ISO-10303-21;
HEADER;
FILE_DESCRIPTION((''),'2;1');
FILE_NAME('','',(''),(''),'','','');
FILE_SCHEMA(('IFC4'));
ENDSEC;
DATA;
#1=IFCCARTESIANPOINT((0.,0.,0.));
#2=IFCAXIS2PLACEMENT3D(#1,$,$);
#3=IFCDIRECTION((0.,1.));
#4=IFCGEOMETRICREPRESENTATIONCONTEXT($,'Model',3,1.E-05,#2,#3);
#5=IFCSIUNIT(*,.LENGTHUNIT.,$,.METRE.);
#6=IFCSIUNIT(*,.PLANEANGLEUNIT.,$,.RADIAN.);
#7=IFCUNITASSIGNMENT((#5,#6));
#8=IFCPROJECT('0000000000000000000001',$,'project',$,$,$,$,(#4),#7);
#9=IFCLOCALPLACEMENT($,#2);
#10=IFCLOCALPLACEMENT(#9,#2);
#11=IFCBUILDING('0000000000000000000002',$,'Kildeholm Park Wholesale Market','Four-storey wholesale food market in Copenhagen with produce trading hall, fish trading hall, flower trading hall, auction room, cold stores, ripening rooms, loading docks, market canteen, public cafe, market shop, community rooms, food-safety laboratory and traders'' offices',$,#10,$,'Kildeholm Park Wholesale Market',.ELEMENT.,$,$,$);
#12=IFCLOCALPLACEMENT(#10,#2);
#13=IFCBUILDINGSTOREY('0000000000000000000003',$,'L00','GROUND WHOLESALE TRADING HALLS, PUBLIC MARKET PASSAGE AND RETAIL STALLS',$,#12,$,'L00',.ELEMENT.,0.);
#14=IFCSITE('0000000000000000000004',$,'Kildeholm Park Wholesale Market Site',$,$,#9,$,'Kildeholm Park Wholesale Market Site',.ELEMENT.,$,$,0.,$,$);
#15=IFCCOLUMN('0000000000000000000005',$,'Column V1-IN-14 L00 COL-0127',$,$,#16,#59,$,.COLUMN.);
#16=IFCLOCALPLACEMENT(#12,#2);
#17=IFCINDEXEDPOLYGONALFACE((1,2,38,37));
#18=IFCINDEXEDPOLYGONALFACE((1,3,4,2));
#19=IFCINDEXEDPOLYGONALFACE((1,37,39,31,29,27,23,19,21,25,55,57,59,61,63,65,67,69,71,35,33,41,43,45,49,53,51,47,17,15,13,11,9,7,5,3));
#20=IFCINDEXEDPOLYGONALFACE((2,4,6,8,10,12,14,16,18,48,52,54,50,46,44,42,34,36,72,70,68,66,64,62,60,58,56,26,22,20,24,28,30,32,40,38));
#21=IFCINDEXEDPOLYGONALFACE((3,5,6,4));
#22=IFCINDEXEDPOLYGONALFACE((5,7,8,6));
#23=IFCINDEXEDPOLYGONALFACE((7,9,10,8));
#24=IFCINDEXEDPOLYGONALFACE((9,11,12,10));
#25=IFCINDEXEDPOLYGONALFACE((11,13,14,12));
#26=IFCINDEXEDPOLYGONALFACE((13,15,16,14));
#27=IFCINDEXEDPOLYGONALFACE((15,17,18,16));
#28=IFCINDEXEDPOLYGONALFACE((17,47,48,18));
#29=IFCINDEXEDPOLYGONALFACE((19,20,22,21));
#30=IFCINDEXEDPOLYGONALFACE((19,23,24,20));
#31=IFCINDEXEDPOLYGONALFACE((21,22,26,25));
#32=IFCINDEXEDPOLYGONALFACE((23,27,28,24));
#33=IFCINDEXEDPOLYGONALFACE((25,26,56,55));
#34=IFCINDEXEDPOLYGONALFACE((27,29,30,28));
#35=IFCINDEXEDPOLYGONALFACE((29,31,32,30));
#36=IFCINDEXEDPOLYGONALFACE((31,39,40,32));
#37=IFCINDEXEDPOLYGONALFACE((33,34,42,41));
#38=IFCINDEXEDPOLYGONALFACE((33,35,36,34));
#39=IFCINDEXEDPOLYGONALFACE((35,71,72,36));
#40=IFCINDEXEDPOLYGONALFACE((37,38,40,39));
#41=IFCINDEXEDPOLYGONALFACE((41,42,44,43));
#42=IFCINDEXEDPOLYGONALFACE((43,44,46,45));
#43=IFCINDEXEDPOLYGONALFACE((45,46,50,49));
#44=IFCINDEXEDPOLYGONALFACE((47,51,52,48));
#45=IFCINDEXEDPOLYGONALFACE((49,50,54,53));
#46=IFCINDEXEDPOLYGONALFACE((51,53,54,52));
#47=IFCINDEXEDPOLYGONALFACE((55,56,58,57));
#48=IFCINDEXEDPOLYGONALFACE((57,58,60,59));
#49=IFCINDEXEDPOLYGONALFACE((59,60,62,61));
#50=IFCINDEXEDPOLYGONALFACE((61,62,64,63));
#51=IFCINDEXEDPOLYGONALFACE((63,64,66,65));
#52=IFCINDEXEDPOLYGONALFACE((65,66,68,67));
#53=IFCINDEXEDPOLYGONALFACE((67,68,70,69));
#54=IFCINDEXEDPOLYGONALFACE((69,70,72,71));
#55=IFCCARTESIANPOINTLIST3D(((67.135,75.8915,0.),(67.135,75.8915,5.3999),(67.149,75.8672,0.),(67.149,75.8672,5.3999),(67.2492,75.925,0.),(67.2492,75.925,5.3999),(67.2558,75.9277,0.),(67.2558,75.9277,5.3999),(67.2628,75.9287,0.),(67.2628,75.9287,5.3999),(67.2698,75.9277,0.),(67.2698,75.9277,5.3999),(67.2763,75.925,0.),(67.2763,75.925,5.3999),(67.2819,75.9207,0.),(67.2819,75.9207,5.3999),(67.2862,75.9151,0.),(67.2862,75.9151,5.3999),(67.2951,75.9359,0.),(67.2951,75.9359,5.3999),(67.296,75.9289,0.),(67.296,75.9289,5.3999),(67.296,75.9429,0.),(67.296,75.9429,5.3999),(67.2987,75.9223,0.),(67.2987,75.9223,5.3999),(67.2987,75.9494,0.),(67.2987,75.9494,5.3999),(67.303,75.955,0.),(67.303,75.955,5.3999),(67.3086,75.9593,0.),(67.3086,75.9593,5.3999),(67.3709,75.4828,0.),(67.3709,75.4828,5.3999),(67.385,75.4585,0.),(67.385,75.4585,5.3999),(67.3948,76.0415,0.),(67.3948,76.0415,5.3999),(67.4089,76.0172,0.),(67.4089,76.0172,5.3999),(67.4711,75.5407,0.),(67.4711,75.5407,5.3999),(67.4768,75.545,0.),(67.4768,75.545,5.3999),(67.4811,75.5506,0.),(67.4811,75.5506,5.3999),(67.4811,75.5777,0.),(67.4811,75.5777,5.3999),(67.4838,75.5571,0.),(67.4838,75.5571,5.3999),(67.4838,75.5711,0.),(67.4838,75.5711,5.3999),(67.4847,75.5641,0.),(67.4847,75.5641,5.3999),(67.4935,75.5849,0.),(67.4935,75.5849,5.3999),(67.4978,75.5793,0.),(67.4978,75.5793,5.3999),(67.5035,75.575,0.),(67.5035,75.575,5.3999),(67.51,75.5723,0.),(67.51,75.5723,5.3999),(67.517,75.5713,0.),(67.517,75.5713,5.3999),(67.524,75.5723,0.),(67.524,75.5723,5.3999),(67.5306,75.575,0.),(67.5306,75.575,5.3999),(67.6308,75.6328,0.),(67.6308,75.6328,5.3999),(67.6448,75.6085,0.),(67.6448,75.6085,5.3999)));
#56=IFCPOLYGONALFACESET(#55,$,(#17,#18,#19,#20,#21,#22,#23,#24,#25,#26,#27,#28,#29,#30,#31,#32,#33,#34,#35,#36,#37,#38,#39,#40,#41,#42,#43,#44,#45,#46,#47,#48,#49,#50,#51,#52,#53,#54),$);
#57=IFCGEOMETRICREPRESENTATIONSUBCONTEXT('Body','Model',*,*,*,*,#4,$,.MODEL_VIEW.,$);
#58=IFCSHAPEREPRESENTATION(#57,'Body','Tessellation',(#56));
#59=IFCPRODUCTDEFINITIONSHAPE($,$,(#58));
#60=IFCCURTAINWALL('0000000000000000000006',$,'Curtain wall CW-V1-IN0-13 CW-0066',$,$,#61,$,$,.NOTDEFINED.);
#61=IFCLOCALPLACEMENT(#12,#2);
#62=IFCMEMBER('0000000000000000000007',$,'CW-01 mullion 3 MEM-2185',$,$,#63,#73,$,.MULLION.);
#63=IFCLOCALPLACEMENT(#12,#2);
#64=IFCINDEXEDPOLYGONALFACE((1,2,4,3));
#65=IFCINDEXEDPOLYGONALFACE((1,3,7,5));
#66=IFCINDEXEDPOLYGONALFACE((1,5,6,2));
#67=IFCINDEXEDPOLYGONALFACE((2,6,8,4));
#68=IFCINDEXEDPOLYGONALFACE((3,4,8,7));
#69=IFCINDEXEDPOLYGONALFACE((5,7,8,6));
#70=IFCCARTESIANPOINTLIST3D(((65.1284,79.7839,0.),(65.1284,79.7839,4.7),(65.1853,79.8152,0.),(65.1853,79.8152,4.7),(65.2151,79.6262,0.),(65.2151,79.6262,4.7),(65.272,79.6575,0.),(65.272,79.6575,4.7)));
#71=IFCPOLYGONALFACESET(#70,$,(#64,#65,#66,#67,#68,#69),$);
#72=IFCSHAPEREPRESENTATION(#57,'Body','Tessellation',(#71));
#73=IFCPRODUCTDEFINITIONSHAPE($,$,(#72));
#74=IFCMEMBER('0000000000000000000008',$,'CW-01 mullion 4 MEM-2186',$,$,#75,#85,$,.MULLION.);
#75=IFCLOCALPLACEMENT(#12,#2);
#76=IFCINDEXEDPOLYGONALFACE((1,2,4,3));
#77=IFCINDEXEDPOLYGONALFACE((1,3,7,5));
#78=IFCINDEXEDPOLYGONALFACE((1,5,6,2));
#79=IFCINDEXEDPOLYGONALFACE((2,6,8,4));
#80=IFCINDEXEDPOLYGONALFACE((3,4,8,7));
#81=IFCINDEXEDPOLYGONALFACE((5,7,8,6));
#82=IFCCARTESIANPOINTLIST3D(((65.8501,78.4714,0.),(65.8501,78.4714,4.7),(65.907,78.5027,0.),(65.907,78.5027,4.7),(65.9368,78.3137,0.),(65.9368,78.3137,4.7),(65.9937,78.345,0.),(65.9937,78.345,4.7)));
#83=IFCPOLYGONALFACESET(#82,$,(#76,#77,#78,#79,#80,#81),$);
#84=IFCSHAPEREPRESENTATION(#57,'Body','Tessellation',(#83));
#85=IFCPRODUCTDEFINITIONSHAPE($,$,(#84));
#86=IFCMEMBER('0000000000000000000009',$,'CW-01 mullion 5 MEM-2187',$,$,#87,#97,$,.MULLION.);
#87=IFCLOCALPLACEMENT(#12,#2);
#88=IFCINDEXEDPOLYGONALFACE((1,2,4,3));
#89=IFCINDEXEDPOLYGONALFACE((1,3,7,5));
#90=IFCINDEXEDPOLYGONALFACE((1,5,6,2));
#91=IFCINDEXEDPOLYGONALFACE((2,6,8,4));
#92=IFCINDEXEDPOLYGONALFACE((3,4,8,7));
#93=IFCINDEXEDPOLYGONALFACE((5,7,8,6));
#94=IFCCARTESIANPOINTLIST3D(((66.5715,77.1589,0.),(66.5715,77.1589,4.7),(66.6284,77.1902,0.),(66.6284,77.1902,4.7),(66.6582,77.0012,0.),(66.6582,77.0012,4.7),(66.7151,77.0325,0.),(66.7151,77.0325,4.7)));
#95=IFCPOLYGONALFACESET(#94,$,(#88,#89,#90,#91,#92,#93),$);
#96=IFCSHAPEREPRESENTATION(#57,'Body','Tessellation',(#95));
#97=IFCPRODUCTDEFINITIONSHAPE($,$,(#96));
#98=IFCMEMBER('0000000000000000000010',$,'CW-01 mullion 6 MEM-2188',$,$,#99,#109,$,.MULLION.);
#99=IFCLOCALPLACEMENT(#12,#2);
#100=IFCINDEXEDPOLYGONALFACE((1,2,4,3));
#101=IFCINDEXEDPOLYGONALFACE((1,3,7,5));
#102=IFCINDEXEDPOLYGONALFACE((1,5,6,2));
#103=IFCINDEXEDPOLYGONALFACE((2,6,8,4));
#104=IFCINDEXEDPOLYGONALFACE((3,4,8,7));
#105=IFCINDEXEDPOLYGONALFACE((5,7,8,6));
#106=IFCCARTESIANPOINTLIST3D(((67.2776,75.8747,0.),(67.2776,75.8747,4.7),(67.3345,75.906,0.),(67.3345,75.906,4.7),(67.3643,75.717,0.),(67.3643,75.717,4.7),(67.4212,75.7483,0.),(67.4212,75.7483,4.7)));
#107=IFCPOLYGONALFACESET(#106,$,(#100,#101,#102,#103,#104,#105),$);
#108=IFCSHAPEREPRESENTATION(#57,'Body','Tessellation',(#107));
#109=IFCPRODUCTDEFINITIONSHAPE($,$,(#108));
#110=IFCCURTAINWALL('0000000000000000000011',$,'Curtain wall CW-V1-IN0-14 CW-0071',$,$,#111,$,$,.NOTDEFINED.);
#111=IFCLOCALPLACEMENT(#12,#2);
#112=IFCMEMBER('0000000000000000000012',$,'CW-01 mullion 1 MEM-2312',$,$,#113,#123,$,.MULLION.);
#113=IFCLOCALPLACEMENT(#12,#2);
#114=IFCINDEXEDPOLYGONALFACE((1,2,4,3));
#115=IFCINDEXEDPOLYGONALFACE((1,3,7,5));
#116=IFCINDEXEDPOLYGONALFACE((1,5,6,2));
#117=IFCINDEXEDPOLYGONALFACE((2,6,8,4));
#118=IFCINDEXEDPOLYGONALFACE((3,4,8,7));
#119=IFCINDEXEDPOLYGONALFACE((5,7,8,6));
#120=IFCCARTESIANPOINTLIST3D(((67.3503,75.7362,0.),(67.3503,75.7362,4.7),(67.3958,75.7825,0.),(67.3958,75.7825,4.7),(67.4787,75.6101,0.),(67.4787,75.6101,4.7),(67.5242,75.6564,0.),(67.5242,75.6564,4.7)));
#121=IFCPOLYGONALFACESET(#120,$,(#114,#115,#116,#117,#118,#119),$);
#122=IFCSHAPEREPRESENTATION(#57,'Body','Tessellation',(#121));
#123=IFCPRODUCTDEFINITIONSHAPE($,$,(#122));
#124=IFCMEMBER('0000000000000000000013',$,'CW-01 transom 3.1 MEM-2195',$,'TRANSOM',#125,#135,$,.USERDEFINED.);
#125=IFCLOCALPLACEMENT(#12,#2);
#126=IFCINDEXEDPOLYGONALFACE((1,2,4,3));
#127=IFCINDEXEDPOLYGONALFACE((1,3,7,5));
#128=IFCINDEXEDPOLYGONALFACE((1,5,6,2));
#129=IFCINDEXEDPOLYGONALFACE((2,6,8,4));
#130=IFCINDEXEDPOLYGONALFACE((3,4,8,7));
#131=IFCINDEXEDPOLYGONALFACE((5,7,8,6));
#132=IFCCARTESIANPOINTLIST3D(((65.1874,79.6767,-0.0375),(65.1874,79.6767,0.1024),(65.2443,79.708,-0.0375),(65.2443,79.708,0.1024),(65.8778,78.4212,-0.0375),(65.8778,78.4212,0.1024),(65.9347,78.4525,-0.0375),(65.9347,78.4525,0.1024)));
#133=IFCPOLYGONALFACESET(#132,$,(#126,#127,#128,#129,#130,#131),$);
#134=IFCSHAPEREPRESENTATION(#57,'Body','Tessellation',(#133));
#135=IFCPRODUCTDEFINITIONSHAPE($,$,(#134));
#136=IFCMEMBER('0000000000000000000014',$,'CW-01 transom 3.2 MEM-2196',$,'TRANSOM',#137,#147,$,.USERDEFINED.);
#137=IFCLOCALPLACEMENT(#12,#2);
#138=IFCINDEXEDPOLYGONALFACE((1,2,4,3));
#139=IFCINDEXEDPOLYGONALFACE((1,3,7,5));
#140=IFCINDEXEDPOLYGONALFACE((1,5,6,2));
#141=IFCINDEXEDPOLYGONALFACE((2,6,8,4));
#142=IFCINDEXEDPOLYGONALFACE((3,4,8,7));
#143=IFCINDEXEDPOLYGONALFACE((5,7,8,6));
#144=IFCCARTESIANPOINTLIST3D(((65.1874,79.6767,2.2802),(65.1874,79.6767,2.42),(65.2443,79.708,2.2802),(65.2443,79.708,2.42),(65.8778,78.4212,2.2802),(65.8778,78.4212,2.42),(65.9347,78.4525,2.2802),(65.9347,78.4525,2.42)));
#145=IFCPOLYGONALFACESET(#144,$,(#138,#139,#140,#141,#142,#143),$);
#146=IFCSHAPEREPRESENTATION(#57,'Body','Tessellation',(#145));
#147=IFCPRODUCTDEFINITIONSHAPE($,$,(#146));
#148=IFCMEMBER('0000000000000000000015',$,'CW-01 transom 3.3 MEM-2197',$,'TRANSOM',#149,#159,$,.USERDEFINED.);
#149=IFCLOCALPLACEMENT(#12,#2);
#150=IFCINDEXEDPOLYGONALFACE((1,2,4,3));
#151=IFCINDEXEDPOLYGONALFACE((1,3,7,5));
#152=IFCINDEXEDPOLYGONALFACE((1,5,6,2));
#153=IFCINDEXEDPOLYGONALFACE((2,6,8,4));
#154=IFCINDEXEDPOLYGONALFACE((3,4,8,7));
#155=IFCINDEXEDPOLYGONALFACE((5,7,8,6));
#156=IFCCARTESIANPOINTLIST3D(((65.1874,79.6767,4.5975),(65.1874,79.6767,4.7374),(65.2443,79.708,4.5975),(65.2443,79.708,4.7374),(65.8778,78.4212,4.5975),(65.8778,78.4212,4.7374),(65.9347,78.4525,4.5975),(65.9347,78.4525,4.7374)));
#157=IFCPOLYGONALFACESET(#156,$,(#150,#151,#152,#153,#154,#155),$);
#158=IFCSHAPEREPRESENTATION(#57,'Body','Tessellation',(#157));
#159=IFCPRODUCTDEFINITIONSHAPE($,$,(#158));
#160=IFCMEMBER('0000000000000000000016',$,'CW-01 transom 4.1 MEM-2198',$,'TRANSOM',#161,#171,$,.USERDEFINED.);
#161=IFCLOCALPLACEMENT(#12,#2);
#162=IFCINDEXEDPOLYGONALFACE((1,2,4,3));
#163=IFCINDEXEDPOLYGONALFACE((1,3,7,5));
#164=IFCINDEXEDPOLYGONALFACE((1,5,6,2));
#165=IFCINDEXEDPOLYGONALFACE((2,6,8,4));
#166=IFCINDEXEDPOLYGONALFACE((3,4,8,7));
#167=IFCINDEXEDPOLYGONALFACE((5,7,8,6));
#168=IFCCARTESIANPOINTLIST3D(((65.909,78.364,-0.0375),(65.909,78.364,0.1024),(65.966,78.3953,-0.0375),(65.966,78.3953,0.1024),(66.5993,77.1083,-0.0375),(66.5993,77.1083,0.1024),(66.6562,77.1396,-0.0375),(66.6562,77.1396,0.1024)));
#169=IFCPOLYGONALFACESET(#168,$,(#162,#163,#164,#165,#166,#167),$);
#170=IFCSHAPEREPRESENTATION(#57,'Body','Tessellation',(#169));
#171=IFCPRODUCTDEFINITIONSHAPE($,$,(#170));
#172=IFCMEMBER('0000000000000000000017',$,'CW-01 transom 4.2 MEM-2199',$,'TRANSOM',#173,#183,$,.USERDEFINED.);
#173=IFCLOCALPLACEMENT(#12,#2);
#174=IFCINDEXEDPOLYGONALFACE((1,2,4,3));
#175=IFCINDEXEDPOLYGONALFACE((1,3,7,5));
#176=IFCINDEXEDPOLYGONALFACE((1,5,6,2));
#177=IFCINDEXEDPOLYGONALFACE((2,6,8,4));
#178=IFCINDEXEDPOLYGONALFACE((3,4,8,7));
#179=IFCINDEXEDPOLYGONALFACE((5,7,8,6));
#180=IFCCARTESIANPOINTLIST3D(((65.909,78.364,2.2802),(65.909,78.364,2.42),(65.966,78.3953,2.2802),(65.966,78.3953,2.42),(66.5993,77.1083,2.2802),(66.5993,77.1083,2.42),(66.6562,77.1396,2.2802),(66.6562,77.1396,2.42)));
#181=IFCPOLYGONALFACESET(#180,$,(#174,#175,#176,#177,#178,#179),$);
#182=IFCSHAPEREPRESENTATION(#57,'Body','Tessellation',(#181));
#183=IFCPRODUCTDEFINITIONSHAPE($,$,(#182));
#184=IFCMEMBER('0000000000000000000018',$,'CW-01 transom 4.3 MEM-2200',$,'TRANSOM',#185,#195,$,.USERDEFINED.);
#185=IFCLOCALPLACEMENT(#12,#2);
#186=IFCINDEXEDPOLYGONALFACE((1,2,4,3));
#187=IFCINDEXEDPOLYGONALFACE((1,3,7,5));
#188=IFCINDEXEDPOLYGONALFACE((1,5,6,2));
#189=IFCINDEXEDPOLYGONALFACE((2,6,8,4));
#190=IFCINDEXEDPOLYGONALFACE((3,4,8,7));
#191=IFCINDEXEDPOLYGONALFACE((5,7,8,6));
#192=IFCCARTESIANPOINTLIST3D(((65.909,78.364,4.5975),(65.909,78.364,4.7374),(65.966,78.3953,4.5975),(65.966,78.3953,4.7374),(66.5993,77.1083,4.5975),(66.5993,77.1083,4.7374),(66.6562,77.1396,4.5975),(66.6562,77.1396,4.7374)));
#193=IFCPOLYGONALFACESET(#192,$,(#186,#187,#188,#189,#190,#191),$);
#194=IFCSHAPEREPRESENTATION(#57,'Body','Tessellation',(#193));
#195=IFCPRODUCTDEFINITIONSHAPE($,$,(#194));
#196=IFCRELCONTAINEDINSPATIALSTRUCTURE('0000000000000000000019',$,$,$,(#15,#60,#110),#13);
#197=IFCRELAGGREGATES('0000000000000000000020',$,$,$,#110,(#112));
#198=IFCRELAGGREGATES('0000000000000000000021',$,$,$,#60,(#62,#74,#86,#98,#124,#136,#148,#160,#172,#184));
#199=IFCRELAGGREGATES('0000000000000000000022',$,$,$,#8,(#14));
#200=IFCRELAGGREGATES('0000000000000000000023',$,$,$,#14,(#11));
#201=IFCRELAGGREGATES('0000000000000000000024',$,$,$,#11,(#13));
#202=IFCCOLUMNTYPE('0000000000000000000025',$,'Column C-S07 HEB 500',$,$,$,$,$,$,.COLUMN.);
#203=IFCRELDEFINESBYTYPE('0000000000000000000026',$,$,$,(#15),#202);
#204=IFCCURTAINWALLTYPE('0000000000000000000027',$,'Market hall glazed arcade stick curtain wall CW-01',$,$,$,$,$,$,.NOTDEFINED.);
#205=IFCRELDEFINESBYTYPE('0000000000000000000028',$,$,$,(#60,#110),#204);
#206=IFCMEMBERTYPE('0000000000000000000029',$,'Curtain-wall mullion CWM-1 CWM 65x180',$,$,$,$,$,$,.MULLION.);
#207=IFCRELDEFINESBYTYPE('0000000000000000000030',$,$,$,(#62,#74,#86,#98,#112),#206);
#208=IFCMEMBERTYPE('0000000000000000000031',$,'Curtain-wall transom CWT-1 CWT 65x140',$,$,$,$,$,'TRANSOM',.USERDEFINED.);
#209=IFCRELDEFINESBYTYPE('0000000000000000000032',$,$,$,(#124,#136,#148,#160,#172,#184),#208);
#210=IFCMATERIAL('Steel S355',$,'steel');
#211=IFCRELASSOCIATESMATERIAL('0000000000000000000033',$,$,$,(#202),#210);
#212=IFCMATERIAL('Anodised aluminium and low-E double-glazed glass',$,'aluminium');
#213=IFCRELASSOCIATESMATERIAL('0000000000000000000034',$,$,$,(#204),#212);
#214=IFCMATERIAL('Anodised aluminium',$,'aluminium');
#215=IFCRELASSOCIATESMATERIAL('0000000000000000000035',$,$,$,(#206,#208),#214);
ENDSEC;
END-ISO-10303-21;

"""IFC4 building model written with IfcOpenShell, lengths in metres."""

from ifc_helpers import new_model, si_unit, direction, frame, origin, origin_2d, place, context, subcontext, project, spatial, rectangle, i_section, extrude, material, material_profile, profile_set, type_object, element, aggregate, save


model = new_model("IFC4")

# Units and contexts
model_context = context("Model", 3, precision=1e-05, world=origin(), true_north=direction((0.0, 1.0)))
body_context = subcontext(model_context, "Body", "Model", "MODEL_VIEW")
ifc_project = project(units=[si_unit("LENGTHUNIT", "METRE"), si_unit("PLANEANGLEUNIT", "RADIAN")], contexts=[model_context])

# Site, building, storey
site_placement = place(None, origin())
site = spatial("IfcSite", under=ifc_project, at=site_placement, Name="Kildeholm Park Wholesale Market Site", LongName="Kildeholm Park Wholesale Market Site", CompositionType="ELEMENT", RefElevation=0.0)
building_placement = place(site_placement, origin())
building = spatial("IfcBuilding", under=site, at=building_placement, Name="Kildeholm Park Wholesale Market", Description="Four-storey wholesale food market in Copenhagen with produce trading hall, fish trading hall, flower trading hall, auction room, cold stores, ripening rooms, loading docks, market canteen, public cafe, market shop, community rooms, food-safety laboratory and traders' offices", LongName="Kildeholm Park Wholesale Market", CompositionType="ELEMENT")
storey_placement = place(building_placement, origin())
storey = spatial("IfcBuildingStorey", under=building, at=storey_placement, Name="L00", Description="GROUND WHOLESALE TRADING HALLS, PUBLIC MARKET PASSAGE AND RETAIL STALLS", LongName="L00", CompositionType="ELEMENT", Elevation=0.0)

# Column
ifc_material_1 = material(Name="Steel S355", Category="steel")
ifc_material_profile_1 = material_profile(ifc_material_1, i_section(OverallWidth=0.3, OverallDepth=0.5, WebThickness=0.0144, FlangeThickness=0.0281, FilletRadius=0.0271, at=origin_2d()), Name="HEB 500")
ifc_profile_set_1 = profile_set([ifc_material_profile_1], Name="Steel S355")
column_type = type_object("IfcColumnType", Name="Column C-S07 HEB 500", PredefinedType="COLUMN", material=ifc_profile_set_1)
column_placement = place(storey_placement, frame((67.3899, 75.75, 0.0), z_axis=(0.0, 0.0, 1.0), x_axis=(-0.866025, -0.5, 0.0)))
element("IfcColumn", 1, at=column_placement, inside=storey, type_object=column_type, Name="Column V1-IN-14 L00 COL-0127", PredefinedType="COLUMN", context=body_context, shape_type="SweptSolid", body=[
    extrude(i_section(OverallWidth=0.3, OverallDepth=0.5, WebThickness=0.0144, FlangeThickness=0.0281, FilletRadius=0.0271, at=origin_2d()), origin(), (0.0, 0.0, 1.0), 5.3999),
])

# Curtain wall, members
ifc_material_2 = material(Name="Anodised aluminium and low-E double-glazed glass", Category="aluminium")
curtain_wall_type = type_object("IfcCurtainWallType", Name="Market hall glazed arcade stick curtain wall CW-01", PredefinedType="NOTDEFINED", material=ifc_material_2)
curtain_wall_1_placement = place(storey_placement, origin())
curtain_wall_1 = element("IfcCurtainWall", 2, at=curtain_wall_1_placement, inside=storey, type_object=curtain_wall_type, Name="Curtain wall CW-V1-IN0-13 CW-0066", PredefinedType="NOTDEFINED")
ifc_material_3 = material(Name="Anodised aluminium", Category="aluminium")
ifc_material_profile_2 = material_profile(ifc_material_3, rectangle(XDim=0.0649, YDim=0.1799, at=origin_2d()), Name="CWM 65x180")
ifc_profile_set_2 = profile_set([ifc_material_profile_2], Name="Anodised aluminium")
member_type_1 = type_object("IfcMemberType", Name="Curtain-wall mullion CWM-1 CWM 65x180", PredefinedType="MULLION", material=ifc_profile_set_2)
member_1_placement = place(storey_placement, frame((65.2002, 79.7207, 0.0), z_axis=(0.0, 0.0, 1.0), x_axis=(0.876309, 0.48175, 0.0)))
member_1 = element("IfcMember", 3, at=member_1_placement, type_object=member_type_1, Name="CW-01 mullion 3 MEM-2185", PredefinedType="MULLION", context=body_context, shape_type="SweptSolid", body=[
    extrude(rectangle(XDim=0.0649, YDim=0.1799, at=origin_2d()), origin(), (0.0, 0.0, 1.0), 4.7),
])
member_2_placement = place(storey_placement, frame((65.9219, 78.4082, 0.0), z_axis=(0.0, 0.0, 1.0), x_axis=(0.876309, 0.48175, 0.0)))
member_2 = element("IfcMember", 4, at=member_2_placement, type_object=member_type_1, Name="CW-01 mullion 4 MEM-2186", PredefinedType="MULLION", context=body_context, shape_type="SweptSolid", body=[
    extrude(rectangle(XDim=0.0649, YDim=0.1799, at=origin_2d()), origin(), (0.0, 0.0, 1.0), 4.7),
])
member_3_placement = place(storey_placement, frame((66.6433, 77.0957, 0.0), z_axis=(0.0, 0.0, 1.0), x_axis=(0.876309, 0.48175, 0.0)))
member_3 = element("IfcMember", 5, at=member_3_placement, type_object=member_type_1, Name="CW-01 mullion 5 MEM-2187", PredefinedType="MULLION", context=body_context, shape_type="SweptSolid", body=[
    extrude(rectangle(XDim=0.0649, YDim=0.1799, at=origin_2d()), origin(), (0.0, 0.0, 1.0), 4.7),
])
member_4_placement = place(storey_placement, frame((67.3494, 75.8115, 0.0), z_axis=(0.0, 0.0, 1.0), x_axis=(0.876309, 0.48175, 0.0)))
member_4 = element("IfcMember", 6, at=member_4_placement, type_object=member_type_1, Name="CW-01 mullion 6 MEM-2188", PredefinedType="MULLION", context=body_context, shape_type="SweptSolid", body=[
    extrude(rectangle(XDim=0.0649, YDim=0.1799, at=origin_2d()), origin(), (0.0, 0.0, 1.0), 4.7),
])

# Curtain wall, member
curtain_wall_2_placement = place(storey_placement, origin())
curtain_wall_2 = element("IfcCurtainWall", 7, at=curtain_wall_2_placement, inside=storey, type_object=curtain_wall_type, Name="Curtain wall CW-V1-IN0-14 CW-0071", PredefinedType="NOTDEFINED")
member_5_placement = place(storey_placement, frame((67.4373, 75.6963, 0.0), z_axis=(0.0, 0.0, 1.0), x_axis=(0.700617, 0.713538, 0.0)))
member_5 = element("IfcMember", 8, at=member_5_placement, type_object=member_type_1, Name="CW-01 mullion 1 MEM-2312", PredefinedType="MULLION", context=body_context, shape_type="SweptSolid", body=[
    extrude(rectangle(XDim=0.0649, YDim=0.1799, at=origin_2d()), origin(), (0.0, 0.0, 1.0), 4.7),
])

# Members
ifc_material_profile_3 = material_profile(ifc_material_3, rectangle(XDim=0.0649, YDim=0.1399, at=origin_2d()), Name="CWT 65x140")
ifc_profile_set_3 = profile_set([ifc_material_profile_3], Name="Anodised aluminium")
member_type_2 = type_object("IfcMemberType", Name="Curtain-wall transom CWT-1 CWT 65x140", ElementType="TRANSOM", PredefinedType="USERDEFINED", material=ifc_profile_set_3)
member_6_placement = place(storey_placement, frame((65.2158, 79.6924, 0.0325), z_axis=(0.481834, -0.876263, 0.0), x_axis=(0.876263, 0.481834, 0.0)))
member_6 = element("IfcMember", 9, at=member_6_placement, type_object=member_type_2, Name="CW-01 transom 3.1 MEM-2195", ObjectType="TRANSOM", PredefinedType="USERDEFINED", context=body_context, shape_type="SweptSolid", body=[
    extrude(rectangle(XDim=0.0649, YDim=0.1399, at=origin_2d()), origin(), (0.0, 0.0, 1.0), 1.4329),
])
member_7_placement = place(storey_placement, frame((65.2158, 79.6924, 2.3501), z_axis=(0.481834, -0.876263, 0.0), x_axis=(0.876263, 0.481834, 0.0)))
member_7 = element("IfcMember", 10, at=member_7_placement, type_object=member_type_2, Name="CW-01 transom 3.2 MEM-2196", ObjectType="TRANSOM", PredefinedType="USERDEFINED", context=body_context, shape_type="SweptSolid", body=[
    extrude(rectangle(XDim=0.0649, YDim=0.1399, at=origin_2d()), origin(), (0.0, 0.0, 1.0), 1.4329),
])
member_8_placement = place(storey_placement, frame((65.2158, 79.6924, 4.6675), z_axis=(0.481834, -0.876263, 0.0), x_axis=(0.876263, 0.481834, 0.0)))
member_8 = element("IfcMember", 11, at=member_8_placement, type_object=member_type_2, Name="CW-01 transom 3.3 MEM-2197", ObjectType="TRANSOM", PredefinedType="USERDEFINED", context=body_context, shape_type="SweptSolid", body=[
    extrude(rectangle(XDim=0.0649, YDim=0.1399, at=origin_2d()), origin(), (0.0, 0.0, 1.0), 1.4329),
])
member_9_placement = place(storey_placement, frame((65.9375, 78.3796, 0.0325), z_axis=(0.481703, -0.876335, 0.0), x_axis=(0.876335, 0.481703, 0.0)))
member_9 = element("IfcMember", 12, at=member_9_placement, type_object=member_type_2, Name="CW-01 transom 4.1 MEM-2198", ObjectType="TRANSOM", PredefinedType="USERDEFINED", context=body_context, shape_type="SweptSolid", body=[
    extrude(rectangle(XDim=0.0649, YDim=0.1399, at=origin_2d()), origin(), (0.0, 0.0, 1.0), 1.4329),
])
member_10_placement = place(storey_placement, frame((65.9375, 78.3796, 2.3501), z_axis=(0.481703, -0.876335, 0.0), x_axis=(0.876335, 0.481703, 0.0)))
member_10 = element("IfcMember", 13, at=member_10_placement, type_object=member_type_2, Name="CW-01 transom 4.2 MEM-2199", ObjectType="TRANSOM", PredefinedType="USERDEFINED", context=body_context, shape_type="SweptSolid", body=[
    extrude(rectangle(XDim=0.0649, YDim=0.1399, at=origin_2d()), origin(), (0.0, 0.0, 1.0), 1.4329),
])
member_11_placement = place(storey_placement, frame((65.9375, 78.3796, 4.6675), z_axis=(0.481703, -0.876335, 0.0), x_axis=(0.876335, 0.481703, 0.0)))
member_11 = element("IfcMember", 14, at=member_11_placement, type_object=member_type_2, Name="CW-01 transom 4.3 MEM-2200", ObjectType="TRANSOM", PredefinedType="USERDEFINED", context=body_context, shape_type="SweptSolid", body=[
    extrude(rectangle(XDim=0.0649, YDim=0.1399, at=origin_2d()), origin(), (0.0, 0.0, 1.0), 1.4329),
])
aggregate(curtain_wall_2, [member_5])

aggregate(curtain_wall_1, [member_1, member_2, member_3, member_4, member_6, member_7, member_8, member_9, member_10, member_11])

save(model, "model.ifc")
